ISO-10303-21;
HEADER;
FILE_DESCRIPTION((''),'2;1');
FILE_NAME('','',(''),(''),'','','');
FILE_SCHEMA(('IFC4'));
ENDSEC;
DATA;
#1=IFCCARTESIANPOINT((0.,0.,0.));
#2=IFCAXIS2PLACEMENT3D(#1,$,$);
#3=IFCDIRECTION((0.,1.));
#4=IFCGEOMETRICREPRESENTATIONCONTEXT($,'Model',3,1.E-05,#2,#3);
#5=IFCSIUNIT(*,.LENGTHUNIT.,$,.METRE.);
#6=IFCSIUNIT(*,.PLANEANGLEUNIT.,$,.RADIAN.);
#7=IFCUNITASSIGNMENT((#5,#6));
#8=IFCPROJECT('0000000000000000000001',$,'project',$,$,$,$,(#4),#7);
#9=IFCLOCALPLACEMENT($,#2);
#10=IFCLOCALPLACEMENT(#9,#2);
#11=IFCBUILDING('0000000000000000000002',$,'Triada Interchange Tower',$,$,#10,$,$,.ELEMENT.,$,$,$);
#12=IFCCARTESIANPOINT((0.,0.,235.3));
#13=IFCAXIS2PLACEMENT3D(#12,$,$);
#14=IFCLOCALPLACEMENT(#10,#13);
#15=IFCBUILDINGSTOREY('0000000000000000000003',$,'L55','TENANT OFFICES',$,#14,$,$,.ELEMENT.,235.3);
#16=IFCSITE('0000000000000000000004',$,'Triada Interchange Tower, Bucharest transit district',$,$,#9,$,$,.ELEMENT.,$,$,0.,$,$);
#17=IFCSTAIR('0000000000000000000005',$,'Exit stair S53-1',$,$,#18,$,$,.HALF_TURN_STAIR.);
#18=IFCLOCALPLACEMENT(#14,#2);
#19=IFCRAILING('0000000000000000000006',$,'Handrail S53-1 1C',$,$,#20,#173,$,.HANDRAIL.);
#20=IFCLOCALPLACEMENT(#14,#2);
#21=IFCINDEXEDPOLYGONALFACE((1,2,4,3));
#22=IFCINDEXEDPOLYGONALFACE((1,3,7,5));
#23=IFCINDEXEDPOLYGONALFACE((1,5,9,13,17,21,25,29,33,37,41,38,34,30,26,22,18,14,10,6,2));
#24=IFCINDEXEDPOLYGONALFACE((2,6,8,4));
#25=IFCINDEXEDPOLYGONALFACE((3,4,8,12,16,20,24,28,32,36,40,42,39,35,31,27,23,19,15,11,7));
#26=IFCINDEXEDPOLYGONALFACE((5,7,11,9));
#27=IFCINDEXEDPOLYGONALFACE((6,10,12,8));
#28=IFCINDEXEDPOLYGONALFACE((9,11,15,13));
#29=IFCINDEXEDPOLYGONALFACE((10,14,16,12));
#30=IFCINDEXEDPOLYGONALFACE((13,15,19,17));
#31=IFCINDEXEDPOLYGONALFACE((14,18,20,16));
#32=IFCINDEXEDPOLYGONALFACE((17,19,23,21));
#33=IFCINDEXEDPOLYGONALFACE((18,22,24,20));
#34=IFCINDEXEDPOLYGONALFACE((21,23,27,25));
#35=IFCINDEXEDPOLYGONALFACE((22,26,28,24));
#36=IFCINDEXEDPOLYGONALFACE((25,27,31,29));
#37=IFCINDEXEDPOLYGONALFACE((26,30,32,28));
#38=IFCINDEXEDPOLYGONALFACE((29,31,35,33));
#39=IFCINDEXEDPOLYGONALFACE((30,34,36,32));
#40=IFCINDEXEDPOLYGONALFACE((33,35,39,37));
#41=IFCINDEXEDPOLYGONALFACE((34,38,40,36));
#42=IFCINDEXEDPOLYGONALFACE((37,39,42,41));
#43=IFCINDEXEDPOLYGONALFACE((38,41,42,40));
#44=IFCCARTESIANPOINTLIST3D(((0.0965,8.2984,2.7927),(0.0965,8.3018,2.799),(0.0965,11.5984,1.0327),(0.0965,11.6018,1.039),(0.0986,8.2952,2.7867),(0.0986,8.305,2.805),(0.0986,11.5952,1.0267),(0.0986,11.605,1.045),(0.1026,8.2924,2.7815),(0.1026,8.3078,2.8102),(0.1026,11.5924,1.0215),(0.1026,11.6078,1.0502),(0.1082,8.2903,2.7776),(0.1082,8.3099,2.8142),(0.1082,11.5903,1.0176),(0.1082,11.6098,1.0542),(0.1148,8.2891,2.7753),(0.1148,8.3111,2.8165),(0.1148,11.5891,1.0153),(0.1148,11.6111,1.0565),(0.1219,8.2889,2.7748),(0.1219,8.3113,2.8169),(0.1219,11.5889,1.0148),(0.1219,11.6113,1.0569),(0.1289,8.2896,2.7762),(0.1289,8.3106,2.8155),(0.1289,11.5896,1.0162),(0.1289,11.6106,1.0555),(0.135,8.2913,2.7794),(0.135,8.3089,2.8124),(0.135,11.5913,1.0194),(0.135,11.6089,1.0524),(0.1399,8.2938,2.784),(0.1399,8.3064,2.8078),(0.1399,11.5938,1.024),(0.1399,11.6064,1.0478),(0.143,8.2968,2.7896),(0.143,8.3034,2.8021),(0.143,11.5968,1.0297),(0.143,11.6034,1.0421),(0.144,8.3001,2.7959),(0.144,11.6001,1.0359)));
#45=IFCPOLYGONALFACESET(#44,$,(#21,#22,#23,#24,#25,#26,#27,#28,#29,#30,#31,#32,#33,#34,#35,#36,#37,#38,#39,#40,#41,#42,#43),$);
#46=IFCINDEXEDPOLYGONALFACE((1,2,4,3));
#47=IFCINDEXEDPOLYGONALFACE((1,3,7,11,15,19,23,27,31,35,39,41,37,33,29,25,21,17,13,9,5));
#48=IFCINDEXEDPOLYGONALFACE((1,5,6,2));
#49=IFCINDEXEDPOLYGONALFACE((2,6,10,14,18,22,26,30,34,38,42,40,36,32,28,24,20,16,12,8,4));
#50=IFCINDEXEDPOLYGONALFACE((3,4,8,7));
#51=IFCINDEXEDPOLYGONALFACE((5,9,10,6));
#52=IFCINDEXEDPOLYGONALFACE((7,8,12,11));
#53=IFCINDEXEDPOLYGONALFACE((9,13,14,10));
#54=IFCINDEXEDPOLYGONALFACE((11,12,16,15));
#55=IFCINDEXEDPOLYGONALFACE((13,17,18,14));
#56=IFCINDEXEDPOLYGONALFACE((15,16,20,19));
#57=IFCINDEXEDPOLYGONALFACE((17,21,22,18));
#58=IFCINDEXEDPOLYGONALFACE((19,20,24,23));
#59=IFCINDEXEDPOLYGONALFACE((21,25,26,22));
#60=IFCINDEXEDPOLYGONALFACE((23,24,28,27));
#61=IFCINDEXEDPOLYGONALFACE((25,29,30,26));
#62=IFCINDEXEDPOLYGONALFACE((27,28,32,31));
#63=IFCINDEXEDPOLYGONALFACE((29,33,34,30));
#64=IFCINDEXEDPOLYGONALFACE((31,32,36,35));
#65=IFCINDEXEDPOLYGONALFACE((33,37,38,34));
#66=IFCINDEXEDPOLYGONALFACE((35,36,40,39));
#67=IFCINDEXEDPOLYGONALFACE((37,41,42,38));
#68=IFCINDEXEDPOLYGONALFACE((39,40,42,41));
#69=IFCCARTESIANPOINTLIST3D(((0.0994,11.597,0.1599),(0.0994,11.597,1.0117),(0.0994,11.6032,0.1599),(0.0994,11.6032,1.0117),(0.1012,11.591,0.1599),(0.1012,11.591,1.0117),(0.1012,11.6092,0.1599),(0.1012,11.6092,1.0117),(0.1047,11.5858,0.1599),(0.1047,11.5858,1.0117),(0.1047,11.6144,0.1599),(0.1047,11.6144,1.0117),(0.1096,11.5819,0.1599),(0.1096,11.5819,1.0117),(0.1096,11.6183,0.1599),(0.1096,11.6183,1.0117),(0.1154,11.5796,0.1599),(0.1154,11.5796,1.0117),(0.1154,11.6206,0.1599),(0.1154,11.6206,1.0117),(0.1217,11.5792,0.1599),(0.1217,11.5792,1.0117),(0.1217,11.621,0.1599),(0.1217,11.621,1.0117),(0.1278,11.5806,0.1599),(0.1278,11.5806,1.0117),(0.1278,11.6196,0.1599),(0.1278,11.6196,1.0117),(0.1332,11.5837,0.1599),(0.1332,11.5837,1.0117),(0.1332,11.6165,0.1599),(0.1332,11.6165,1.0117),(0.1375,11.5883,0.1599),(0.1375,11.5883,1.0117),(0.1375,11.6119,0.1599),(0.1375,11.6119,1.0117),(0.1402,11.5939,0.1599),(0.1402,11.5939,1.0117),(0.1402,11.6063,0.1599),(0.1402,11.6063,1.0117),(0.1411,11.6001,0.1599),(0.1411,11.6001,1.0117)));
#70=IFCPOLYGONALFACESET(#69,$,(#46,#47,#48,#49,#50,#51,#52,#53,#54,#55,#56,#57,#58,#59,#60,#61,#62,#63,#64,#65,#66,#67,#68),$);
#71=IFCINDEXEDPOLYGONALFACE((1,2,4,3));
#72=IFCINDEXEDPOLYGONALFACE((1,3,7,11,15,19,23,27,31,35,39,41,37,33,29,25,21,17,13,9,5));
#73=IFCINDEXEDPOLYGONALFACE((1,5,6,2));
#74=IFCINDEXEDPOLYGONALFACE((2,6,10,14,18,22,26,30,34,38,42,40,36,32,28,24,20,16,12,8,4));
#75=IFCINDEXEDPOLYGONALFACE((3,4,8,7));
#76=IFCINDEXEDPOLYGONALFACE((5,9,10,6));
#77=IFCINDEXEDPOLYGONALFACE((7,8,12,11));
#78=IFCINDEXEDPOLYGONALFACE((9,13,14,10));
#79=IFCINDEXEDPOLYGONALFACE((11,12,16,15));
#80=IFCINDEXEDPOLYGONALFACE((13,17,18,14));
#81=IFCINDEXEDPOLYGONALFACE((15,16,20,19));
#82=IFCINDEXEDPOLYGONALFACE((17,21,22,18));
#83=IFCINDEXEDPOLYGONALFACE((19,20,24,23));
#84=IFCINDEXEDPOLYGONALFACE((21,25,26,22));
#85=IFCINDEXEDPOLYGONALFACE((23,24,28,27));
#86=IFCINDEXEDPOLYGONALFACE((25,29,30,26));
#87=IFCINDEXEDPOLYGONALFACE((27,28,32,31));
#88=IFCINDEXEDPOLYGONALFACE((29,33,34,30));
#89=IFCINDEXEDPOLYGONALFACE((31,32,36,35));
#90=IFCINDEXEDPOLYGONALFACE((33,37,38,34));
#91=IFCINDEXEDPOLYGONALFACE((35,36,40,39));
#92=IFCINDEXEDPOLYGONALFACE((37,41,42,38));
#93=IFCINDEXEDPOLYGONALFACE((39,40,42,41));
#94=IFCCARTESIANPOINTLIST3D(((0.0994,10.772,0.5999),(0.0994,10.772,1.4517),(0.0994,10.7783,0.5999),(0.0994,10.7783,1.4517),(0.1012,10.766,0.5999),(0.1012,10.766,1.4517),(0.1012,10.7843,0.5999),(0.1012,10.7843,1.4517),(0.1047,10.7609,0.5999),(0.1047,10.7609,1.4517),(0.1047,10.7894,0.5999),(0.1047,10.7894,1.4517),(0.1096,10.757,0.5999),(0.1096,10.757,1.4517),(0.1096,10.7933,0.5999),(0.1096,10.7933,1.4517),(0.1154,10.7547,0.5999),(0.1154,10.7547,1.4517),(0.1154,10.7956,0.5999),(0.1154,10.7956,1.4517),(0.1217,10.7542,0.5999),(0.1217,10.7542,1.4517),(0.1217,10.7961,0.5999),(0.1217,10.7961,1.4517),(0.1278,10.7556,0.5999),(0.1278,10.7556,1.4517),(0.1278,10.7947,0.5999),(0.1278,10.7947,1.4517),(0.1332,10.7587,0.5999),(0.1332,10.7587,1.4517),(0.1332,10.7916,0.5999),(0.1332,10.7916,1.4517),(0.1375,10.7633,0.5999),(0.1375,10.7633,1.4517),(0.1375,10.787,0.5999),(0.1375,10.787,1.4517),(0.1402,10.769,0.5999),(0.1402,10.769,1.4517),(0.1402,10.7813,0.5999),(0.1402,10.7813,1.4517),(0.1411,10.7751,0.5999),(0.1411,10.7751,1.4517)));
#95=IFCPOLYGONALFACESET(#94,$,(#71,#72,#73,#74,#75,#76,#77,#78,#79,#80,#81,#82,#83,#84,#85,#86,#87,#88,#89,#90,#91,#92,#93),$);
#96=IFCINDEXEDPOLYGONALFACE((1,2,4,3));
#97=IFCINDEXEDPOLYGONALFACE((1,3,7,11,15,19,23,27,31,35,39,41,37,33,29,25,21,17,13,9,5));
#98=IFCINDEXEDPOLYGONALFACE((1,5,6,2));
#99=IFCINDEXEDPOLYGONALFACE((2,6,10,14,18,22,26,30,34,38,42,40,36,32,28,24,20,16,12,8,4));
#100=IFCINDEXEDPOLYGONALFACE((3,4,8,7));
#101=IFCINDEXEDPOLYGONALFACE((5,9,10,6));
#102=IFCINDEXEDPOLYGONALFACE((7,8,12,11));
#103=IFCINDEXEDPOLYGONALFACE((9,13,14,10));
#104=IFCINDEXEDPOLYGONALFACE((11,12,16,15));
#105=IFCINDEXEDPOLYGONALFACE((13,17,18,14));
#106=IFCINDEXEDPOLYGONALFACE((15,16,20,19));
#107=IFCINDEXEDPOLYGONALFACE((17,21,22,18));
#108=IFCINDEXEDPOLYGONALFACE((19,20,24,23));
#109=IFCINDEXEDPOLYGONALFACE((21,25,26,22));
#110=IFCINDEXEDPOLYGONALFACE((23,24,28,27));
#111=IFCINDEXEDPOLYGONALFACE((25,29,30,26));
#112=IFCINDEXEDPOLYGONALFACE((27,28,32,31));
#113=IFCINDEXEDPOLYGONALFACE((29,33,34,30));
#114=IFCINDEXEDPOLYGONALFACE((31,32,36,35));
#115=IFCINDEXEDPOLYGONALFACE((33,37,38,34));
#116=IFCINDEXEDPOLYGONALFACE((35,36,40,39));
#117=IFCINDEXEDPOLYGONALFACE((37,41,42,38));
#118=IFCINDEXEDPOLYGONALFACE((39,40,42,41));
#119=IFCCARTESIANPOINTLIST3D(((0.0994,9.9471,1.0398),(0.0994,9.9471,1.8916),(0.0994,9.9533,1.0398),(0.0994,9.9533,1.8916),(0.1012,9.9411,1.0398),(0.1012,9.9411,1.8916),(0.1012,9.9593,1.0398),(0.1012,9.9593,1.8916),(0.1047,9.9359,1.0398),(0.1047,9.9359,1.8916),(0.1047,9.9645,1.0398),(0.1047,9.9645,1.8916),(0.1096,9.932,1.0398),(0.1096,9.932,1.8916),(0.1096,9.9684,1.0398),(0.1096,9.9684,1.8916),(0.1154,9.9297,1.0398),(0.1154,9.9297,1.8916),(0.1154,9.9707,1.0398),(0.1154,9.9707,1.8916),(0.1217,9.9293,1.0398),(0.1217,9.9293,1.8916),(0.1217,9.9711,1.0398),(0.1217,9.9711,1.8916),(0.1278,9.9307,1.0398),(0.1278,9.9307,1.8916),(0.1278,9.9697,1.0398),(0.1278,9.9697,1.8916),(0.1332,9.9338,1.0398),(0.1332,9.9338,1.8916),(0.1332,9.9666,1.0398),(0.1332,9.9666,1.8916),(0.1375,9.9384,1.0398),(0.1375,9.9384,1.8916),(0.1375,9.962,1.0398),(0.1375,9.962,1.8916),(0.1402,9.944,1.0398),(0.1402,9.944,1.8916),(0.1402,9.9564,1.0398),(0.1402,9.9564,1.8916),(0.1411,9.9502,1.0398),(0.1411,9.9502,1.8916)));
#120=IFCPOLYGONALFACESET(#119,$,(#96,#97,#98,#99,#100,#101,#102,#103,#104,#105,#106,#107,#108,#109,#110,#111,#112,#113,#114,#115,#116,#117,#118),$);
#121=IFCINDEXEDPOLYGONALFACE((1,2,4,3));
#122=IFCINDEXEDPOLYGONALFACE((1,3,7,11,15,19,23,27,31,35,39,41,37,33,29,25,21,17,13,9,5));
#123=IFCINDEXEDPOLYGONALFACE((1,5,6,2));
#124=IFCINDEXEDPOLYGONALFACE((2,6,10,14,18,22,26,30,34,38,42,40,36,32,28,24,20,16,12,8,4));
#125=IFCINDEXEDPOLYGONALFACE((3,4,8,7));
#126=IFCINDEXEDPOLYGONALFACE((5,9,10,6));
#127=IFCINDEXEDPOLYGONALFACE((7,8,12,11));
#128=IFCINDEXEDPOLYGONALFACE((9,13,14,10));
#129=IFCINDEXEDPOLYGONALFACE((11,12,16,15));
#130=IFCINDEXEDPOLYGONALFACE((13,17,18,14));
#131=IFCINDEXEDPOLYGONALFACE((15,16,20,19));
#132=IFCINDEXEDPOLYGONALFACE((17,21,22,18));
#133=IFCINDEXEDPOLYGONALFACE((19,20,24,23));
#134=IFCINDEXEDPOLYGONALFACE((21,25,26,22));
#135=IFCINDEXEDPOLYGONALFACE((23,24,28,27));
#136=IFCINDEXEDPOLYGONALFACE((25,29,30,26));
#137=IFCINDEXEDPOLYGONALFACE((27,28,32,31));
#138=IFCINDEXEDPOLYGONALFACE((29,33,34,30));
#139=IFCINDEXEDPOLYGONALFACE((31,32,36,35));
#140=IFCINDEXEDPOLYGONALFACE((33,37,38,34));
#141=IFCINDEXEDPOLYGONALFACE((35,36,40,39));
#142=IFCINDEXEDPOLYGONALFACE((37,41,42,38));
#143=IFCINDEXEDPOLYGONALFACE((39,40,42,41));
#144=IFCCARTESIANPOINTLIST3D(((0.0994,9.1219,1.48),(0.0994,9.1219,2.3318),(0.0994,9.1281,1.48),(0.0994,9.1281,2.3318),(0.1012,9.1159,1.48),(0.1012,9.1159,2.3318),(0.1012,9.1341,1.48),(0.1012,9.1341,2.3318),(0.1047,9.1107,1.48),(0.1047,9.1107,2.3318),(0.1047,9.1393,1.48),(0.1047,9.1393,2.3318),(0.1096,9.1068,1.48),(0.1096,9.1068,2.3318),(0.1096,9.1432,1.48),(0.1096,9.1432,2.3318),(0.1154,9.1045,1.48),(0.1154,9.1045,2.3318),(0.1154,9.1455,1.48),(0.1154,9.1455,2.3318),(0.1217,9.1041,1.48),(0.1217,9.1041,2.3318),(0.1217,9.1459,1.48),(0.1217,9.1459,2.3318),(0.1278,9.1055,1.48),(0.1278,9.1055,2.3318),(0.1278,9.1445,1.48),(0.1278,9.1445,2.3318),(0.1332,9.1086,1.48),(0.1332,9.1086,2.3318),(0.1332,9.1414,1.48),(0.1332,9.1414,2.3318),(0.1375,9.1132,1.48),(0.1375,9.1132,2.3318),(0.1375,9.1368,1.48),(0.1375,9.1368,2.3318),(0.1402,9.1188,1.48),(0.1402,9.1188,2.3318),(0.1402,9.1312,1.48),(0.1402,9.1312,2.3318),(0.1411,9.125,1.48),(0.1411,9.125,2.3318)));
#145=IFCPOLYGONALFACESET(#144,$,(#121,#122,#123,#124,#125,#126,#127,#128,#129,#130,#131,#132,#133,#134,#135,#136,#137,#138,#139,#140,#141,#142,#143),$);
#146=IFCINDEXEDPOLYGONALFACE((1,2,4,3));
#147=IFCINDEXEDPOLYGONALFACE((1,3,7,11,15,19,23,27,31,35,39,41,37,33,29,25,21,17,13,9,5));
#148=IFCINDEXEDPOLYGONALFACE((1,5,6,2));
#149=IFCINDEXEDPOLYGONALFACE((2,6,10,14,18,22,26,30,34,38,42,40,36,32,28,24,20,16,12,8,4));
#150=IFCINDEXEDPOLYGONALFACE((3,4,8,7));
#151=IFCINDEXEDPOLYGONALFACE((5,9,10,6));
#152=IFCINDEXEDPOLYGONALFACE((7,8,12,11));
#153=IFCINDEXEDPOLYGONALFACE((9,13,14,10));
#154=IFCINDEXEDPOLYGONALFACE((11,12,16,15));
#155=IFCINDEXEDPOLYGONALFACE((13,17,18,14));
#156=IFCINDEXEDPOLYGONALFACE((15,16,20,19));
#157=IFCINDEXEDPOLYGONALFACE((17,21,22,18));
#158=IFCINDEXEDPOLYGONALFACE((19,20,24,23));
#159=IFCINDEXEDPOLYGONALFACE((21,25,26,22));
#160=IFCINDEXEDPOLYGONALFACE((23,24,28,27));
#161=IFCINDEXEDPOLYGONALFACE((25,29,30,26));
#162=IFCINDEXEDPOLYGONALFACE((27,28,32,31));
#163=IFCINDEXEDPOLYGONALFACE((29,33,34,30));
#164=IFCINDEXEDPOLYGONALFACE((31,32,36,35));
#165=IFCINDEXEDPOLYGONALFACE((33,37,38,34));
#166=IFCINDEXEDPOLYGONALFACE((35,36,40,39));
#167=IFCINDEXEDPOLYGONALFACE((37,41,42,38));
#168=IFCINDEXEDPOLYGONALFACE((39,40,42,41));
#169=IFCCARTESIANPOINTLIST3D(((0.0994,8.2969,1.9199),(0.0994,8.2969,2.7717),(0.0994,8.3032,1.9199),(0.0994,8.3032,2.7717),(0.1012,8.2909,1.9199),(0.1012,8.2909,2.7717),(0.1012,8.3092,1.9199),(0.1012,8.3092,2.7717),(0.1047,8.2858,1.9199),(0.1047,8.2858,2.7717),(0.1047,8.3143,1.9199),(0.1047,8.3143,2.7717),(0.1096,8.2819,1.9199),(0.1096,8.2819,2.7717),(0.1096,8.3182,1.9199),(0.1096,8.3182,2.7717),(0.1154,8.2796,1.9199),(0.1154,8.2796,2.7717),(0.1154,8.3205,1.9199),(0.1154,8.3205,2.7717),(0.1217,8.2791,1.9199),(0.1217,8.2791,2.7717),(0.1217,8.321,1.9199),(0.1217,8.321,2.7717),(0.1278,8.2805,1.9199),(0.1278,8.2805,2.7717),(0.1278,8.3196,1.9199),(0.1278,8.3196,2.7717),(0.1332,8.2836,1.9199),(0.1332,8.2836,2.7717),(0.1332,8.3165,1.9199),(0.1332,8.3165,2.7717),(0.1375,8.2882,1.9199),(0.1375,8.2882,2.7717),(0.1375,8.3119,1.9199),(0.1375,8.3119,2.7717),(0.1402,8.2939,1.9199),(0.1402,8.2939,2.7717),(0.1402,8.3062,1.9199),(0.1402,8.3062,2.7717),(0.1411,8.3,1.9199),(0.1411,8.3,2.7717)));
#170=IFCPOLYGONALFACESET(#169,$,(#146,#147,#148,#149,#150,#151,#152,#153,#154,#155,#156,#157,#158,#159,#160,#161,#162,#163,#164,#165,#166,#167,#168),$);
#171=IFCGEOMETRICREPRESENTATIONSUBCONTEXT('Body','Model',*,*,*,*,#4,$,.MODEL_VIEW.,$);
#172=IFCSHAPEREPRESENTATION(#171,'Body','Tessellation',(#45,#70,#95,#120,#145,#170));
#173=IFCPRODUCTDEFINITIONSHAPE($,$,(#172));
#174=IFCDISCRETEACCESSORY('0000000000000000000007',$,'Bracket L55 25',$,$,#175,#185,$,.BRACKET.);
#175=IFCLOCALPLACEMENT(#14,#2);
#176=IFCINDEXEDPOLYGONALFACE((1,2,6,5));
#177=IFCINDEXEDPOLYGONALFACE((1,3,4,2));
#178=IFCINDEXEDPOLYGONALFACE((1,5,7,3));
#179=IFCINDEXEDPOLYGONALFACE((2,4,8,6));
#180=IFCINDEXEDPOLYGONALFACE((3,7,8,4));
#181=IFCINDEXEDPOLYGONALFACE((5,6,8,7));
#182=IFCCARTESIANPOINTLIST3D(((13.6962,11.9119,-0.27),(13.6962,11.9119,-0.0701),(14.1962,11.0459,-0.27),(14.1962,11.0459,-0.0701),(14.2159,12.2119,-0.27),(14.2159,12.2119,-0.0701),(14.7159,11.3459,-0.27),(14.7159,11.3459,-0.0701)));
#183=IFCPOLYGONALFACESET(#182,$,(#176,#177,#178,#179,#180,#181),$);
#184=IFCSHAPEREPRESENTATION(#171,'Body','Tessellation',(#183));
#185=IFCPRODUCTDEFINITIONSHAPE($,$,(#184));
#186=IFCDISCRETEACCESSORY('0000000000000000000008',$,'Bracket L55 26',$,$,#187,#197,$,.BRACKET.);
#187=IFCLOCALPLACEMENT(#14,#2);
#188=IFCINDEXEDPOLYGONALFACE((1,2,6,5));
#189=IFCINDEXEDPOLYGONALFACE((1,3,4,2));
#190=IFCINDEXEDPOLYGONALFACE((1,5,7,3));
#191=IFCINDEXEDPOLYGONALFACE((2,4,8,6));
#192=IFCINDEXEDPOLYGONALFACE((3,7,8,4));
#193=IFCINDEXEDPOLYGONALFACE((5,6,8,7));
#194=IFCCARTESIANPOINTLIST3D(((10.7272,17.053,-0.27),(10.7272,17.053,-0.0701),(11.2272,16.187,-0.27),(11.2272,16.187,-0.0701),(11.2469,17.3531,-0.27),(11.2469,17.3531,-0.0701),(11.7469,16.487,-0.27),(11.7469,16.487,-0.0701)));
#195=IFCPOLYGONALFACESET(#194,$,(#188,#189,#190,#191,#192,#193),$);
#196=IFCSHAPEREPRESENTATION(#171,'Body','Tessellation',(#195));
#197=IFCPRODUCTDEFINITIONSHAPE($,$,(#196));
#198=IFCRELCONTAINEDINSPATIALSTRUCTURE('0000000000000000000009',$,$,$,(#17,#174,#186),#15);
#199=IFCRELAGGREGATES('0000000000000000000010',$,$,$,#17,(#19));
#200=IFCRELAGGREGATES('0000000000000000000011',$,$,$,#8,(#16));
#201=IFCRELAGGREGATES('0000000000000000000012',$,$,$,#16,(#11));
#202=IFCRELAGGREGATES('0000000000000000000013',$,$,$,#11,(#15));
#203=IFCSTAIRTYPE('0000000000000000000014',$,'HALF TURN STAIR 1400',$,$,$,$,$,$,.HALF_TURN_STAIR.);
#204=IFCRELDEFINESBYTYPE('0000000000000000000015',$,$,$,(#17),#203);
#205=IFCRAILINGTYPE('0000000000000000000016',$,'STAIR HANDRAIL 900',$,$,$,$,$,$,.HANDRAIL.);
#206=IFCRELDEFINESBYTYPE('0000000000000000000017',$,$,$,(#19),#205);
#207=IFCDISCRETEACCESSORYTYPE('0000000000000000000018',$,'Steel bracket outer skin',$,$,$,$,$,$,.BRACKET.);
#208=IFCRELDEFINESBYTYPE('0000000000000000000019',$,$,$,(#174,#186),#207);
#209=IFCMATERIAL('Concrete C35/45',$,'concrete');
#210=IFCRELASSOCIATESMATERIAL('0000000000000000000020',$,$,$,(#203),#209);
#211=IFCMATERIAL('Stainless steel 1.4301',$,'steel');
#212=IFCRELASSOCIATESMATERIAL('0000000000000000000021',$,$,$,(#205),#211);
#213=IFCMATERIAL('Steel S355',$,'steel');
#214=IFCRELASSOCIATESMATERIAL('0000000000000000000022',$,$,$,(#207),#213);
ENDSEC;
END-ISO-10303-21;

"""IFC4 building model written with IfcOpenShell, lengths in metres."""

from ifc_helpers import new_model, si_unit, direction, frame, origin, origin_2d, place, context, subcontext, project, spatial, rectangle, circle, extrude, material, type_object, element, aggregate, save


model = new_model("IFC4")

# Units and contexts
model_context = context("Model", 3, precision=1e-05, world=origin(), true_north=direction((0.0, 1.0)))
body_context = subcontext(model_context, "Body", "Model", "MODEL_VIEW")
ifc_project = project(units=[si_unit("LENGTHUNIT", "METRE"), si_unit("PLANEANGLEUNIT", "RADIAN")], contexts=[model_context])

# Site, building, storey
site_placement = place(None, origin())
site = spatial("IfcSite", under=ifc_project, at=site_placement, Name="Triada Interchange Tower, Bucharest transit district", CompositionType="ELEMENT", RefElevation=0.0)
building_placement = place(site_placement, origin())
building = spatial("IfcBuilding", under=site, at=building_placement, Name="Triada Interchange Tower", CompositionType="ELEMENT")
storey_placement = place(building_placement, frame((0.0, 0.0, 235.3)))
storey = spatial("IfcBuildingStorey", under=building, at=storey_placement, Name="L55", Description="TENANT OFFICES", CompositionType="ELEMENT", Elevation=235.3)

# Stair
ifc_material_1 = material(Name="Concrete C35/45", Category="concrete")
stair_type = type_object("IfcStairType", Name="HALF TURN STAIR 1400", PredefinedType="HALF_TURN_STAIR", material=ifc_material_1)
stair_placement = place(storey_placement, origin())
stair = element("IfcStair", 1, at=stair_placement, inside=storey, type_object=stair_type, Name="Exit stair S53-1", PredefinedType="HALF_TURN_STAIR")

# Railing
ifc_material_2 = material(Name="Stainless steel 1.4301", Category="steel")
railing_type = type_object("IfcRailingType", Name="STAIR HANDRAIL 900", PredefinedType="HANDRAIL", material=ifc_material_2)
railing_1_placement = place(storey_placement, frame((0.1201, 11.6001, 0.1599)))
railing_1 = element("IfcRailing", 2, at=railing_1_placement, type_object=railing_type, Name="Handrail S53-1 1C", PredefinedType="HANDRAIL", context=body_context, shape_type="SweptSolid", body=[
    extrude(circle(Radius=0.0239, at=origin_2d()), frame((0.0, 0.0, 0.876), z_axis=(0.0, -0.882355, 0.470585), x_axis=(1.0, 0.0, 0.0)), (0.0, 0.0, 1.0), 3.74),
    extrude(circle(Radius=0.021, at=origin_2d()), origin(), (0.0, 0.0, 1.0), 0.8518),
    extrude(circle(Radius=0.021, at=origin_2d()), frame((0.0, -0.825, 0.4399)), (0.0, 0.0, 1.0), 0.8518),
    extrude(circle(Radius=0.021, at=origin_2d()), frame((0.0, -1.6499, 0.8799)), (0.0, 0.0, 1.0), 0.8518),
    extrude(circle(Radius=0.021, at=origin_2d()), frame((0.0, -2.4751, 1.3201)), (0.0, 0.0, 1.0), 0.8518),
    extrude(circle(Radius=0.021, at=origin_2d()), frame((0.0, -3.3, 1.76)), (0.0, 0.0, 1.0), 0.8518),
])
aggregate(stair, [railing_1])

# Discrete accessories
ifc_material_3 = material(Name="Steel S355", Category="steel")
discrete_accessory_type = type_object("IfcDiscreteAccessoryType", Name="Steel bracket outer skin", PredefinedType="BRACKET", material=ifc_material_3)
for number, where, z_axis, x_axis, name in (
    (3, (14.2061, 11.6289, -0.27), (0.0, 0.0, 1.0), (0.866014, 0.500019, 0.0), "Bracket L55 25"),
    (4, (11.2371, 16.77, -0.27), (0.0, 0.0, 1.0), (0.866014, 0.500019, 0.0), "Bracket L55 26"),
):
    element("IfcDiscreteAccessory", number, at=place(storey_placement, frame(where, z_axis=z_axis, x_axis=x_axis)), inside=storey, type_object=discrete_accessory_type, Name=name, PredefinedType="BRACKET", context=body_context, shape_type="SweptSolid", body=[
        extrude(rectangle(XDim=0.6001, YDim=1.0, at=origin_2d()), origin(), (0.0, 0.0, 1.0), 0.2),
    ])

save(model, "model.ifc")
